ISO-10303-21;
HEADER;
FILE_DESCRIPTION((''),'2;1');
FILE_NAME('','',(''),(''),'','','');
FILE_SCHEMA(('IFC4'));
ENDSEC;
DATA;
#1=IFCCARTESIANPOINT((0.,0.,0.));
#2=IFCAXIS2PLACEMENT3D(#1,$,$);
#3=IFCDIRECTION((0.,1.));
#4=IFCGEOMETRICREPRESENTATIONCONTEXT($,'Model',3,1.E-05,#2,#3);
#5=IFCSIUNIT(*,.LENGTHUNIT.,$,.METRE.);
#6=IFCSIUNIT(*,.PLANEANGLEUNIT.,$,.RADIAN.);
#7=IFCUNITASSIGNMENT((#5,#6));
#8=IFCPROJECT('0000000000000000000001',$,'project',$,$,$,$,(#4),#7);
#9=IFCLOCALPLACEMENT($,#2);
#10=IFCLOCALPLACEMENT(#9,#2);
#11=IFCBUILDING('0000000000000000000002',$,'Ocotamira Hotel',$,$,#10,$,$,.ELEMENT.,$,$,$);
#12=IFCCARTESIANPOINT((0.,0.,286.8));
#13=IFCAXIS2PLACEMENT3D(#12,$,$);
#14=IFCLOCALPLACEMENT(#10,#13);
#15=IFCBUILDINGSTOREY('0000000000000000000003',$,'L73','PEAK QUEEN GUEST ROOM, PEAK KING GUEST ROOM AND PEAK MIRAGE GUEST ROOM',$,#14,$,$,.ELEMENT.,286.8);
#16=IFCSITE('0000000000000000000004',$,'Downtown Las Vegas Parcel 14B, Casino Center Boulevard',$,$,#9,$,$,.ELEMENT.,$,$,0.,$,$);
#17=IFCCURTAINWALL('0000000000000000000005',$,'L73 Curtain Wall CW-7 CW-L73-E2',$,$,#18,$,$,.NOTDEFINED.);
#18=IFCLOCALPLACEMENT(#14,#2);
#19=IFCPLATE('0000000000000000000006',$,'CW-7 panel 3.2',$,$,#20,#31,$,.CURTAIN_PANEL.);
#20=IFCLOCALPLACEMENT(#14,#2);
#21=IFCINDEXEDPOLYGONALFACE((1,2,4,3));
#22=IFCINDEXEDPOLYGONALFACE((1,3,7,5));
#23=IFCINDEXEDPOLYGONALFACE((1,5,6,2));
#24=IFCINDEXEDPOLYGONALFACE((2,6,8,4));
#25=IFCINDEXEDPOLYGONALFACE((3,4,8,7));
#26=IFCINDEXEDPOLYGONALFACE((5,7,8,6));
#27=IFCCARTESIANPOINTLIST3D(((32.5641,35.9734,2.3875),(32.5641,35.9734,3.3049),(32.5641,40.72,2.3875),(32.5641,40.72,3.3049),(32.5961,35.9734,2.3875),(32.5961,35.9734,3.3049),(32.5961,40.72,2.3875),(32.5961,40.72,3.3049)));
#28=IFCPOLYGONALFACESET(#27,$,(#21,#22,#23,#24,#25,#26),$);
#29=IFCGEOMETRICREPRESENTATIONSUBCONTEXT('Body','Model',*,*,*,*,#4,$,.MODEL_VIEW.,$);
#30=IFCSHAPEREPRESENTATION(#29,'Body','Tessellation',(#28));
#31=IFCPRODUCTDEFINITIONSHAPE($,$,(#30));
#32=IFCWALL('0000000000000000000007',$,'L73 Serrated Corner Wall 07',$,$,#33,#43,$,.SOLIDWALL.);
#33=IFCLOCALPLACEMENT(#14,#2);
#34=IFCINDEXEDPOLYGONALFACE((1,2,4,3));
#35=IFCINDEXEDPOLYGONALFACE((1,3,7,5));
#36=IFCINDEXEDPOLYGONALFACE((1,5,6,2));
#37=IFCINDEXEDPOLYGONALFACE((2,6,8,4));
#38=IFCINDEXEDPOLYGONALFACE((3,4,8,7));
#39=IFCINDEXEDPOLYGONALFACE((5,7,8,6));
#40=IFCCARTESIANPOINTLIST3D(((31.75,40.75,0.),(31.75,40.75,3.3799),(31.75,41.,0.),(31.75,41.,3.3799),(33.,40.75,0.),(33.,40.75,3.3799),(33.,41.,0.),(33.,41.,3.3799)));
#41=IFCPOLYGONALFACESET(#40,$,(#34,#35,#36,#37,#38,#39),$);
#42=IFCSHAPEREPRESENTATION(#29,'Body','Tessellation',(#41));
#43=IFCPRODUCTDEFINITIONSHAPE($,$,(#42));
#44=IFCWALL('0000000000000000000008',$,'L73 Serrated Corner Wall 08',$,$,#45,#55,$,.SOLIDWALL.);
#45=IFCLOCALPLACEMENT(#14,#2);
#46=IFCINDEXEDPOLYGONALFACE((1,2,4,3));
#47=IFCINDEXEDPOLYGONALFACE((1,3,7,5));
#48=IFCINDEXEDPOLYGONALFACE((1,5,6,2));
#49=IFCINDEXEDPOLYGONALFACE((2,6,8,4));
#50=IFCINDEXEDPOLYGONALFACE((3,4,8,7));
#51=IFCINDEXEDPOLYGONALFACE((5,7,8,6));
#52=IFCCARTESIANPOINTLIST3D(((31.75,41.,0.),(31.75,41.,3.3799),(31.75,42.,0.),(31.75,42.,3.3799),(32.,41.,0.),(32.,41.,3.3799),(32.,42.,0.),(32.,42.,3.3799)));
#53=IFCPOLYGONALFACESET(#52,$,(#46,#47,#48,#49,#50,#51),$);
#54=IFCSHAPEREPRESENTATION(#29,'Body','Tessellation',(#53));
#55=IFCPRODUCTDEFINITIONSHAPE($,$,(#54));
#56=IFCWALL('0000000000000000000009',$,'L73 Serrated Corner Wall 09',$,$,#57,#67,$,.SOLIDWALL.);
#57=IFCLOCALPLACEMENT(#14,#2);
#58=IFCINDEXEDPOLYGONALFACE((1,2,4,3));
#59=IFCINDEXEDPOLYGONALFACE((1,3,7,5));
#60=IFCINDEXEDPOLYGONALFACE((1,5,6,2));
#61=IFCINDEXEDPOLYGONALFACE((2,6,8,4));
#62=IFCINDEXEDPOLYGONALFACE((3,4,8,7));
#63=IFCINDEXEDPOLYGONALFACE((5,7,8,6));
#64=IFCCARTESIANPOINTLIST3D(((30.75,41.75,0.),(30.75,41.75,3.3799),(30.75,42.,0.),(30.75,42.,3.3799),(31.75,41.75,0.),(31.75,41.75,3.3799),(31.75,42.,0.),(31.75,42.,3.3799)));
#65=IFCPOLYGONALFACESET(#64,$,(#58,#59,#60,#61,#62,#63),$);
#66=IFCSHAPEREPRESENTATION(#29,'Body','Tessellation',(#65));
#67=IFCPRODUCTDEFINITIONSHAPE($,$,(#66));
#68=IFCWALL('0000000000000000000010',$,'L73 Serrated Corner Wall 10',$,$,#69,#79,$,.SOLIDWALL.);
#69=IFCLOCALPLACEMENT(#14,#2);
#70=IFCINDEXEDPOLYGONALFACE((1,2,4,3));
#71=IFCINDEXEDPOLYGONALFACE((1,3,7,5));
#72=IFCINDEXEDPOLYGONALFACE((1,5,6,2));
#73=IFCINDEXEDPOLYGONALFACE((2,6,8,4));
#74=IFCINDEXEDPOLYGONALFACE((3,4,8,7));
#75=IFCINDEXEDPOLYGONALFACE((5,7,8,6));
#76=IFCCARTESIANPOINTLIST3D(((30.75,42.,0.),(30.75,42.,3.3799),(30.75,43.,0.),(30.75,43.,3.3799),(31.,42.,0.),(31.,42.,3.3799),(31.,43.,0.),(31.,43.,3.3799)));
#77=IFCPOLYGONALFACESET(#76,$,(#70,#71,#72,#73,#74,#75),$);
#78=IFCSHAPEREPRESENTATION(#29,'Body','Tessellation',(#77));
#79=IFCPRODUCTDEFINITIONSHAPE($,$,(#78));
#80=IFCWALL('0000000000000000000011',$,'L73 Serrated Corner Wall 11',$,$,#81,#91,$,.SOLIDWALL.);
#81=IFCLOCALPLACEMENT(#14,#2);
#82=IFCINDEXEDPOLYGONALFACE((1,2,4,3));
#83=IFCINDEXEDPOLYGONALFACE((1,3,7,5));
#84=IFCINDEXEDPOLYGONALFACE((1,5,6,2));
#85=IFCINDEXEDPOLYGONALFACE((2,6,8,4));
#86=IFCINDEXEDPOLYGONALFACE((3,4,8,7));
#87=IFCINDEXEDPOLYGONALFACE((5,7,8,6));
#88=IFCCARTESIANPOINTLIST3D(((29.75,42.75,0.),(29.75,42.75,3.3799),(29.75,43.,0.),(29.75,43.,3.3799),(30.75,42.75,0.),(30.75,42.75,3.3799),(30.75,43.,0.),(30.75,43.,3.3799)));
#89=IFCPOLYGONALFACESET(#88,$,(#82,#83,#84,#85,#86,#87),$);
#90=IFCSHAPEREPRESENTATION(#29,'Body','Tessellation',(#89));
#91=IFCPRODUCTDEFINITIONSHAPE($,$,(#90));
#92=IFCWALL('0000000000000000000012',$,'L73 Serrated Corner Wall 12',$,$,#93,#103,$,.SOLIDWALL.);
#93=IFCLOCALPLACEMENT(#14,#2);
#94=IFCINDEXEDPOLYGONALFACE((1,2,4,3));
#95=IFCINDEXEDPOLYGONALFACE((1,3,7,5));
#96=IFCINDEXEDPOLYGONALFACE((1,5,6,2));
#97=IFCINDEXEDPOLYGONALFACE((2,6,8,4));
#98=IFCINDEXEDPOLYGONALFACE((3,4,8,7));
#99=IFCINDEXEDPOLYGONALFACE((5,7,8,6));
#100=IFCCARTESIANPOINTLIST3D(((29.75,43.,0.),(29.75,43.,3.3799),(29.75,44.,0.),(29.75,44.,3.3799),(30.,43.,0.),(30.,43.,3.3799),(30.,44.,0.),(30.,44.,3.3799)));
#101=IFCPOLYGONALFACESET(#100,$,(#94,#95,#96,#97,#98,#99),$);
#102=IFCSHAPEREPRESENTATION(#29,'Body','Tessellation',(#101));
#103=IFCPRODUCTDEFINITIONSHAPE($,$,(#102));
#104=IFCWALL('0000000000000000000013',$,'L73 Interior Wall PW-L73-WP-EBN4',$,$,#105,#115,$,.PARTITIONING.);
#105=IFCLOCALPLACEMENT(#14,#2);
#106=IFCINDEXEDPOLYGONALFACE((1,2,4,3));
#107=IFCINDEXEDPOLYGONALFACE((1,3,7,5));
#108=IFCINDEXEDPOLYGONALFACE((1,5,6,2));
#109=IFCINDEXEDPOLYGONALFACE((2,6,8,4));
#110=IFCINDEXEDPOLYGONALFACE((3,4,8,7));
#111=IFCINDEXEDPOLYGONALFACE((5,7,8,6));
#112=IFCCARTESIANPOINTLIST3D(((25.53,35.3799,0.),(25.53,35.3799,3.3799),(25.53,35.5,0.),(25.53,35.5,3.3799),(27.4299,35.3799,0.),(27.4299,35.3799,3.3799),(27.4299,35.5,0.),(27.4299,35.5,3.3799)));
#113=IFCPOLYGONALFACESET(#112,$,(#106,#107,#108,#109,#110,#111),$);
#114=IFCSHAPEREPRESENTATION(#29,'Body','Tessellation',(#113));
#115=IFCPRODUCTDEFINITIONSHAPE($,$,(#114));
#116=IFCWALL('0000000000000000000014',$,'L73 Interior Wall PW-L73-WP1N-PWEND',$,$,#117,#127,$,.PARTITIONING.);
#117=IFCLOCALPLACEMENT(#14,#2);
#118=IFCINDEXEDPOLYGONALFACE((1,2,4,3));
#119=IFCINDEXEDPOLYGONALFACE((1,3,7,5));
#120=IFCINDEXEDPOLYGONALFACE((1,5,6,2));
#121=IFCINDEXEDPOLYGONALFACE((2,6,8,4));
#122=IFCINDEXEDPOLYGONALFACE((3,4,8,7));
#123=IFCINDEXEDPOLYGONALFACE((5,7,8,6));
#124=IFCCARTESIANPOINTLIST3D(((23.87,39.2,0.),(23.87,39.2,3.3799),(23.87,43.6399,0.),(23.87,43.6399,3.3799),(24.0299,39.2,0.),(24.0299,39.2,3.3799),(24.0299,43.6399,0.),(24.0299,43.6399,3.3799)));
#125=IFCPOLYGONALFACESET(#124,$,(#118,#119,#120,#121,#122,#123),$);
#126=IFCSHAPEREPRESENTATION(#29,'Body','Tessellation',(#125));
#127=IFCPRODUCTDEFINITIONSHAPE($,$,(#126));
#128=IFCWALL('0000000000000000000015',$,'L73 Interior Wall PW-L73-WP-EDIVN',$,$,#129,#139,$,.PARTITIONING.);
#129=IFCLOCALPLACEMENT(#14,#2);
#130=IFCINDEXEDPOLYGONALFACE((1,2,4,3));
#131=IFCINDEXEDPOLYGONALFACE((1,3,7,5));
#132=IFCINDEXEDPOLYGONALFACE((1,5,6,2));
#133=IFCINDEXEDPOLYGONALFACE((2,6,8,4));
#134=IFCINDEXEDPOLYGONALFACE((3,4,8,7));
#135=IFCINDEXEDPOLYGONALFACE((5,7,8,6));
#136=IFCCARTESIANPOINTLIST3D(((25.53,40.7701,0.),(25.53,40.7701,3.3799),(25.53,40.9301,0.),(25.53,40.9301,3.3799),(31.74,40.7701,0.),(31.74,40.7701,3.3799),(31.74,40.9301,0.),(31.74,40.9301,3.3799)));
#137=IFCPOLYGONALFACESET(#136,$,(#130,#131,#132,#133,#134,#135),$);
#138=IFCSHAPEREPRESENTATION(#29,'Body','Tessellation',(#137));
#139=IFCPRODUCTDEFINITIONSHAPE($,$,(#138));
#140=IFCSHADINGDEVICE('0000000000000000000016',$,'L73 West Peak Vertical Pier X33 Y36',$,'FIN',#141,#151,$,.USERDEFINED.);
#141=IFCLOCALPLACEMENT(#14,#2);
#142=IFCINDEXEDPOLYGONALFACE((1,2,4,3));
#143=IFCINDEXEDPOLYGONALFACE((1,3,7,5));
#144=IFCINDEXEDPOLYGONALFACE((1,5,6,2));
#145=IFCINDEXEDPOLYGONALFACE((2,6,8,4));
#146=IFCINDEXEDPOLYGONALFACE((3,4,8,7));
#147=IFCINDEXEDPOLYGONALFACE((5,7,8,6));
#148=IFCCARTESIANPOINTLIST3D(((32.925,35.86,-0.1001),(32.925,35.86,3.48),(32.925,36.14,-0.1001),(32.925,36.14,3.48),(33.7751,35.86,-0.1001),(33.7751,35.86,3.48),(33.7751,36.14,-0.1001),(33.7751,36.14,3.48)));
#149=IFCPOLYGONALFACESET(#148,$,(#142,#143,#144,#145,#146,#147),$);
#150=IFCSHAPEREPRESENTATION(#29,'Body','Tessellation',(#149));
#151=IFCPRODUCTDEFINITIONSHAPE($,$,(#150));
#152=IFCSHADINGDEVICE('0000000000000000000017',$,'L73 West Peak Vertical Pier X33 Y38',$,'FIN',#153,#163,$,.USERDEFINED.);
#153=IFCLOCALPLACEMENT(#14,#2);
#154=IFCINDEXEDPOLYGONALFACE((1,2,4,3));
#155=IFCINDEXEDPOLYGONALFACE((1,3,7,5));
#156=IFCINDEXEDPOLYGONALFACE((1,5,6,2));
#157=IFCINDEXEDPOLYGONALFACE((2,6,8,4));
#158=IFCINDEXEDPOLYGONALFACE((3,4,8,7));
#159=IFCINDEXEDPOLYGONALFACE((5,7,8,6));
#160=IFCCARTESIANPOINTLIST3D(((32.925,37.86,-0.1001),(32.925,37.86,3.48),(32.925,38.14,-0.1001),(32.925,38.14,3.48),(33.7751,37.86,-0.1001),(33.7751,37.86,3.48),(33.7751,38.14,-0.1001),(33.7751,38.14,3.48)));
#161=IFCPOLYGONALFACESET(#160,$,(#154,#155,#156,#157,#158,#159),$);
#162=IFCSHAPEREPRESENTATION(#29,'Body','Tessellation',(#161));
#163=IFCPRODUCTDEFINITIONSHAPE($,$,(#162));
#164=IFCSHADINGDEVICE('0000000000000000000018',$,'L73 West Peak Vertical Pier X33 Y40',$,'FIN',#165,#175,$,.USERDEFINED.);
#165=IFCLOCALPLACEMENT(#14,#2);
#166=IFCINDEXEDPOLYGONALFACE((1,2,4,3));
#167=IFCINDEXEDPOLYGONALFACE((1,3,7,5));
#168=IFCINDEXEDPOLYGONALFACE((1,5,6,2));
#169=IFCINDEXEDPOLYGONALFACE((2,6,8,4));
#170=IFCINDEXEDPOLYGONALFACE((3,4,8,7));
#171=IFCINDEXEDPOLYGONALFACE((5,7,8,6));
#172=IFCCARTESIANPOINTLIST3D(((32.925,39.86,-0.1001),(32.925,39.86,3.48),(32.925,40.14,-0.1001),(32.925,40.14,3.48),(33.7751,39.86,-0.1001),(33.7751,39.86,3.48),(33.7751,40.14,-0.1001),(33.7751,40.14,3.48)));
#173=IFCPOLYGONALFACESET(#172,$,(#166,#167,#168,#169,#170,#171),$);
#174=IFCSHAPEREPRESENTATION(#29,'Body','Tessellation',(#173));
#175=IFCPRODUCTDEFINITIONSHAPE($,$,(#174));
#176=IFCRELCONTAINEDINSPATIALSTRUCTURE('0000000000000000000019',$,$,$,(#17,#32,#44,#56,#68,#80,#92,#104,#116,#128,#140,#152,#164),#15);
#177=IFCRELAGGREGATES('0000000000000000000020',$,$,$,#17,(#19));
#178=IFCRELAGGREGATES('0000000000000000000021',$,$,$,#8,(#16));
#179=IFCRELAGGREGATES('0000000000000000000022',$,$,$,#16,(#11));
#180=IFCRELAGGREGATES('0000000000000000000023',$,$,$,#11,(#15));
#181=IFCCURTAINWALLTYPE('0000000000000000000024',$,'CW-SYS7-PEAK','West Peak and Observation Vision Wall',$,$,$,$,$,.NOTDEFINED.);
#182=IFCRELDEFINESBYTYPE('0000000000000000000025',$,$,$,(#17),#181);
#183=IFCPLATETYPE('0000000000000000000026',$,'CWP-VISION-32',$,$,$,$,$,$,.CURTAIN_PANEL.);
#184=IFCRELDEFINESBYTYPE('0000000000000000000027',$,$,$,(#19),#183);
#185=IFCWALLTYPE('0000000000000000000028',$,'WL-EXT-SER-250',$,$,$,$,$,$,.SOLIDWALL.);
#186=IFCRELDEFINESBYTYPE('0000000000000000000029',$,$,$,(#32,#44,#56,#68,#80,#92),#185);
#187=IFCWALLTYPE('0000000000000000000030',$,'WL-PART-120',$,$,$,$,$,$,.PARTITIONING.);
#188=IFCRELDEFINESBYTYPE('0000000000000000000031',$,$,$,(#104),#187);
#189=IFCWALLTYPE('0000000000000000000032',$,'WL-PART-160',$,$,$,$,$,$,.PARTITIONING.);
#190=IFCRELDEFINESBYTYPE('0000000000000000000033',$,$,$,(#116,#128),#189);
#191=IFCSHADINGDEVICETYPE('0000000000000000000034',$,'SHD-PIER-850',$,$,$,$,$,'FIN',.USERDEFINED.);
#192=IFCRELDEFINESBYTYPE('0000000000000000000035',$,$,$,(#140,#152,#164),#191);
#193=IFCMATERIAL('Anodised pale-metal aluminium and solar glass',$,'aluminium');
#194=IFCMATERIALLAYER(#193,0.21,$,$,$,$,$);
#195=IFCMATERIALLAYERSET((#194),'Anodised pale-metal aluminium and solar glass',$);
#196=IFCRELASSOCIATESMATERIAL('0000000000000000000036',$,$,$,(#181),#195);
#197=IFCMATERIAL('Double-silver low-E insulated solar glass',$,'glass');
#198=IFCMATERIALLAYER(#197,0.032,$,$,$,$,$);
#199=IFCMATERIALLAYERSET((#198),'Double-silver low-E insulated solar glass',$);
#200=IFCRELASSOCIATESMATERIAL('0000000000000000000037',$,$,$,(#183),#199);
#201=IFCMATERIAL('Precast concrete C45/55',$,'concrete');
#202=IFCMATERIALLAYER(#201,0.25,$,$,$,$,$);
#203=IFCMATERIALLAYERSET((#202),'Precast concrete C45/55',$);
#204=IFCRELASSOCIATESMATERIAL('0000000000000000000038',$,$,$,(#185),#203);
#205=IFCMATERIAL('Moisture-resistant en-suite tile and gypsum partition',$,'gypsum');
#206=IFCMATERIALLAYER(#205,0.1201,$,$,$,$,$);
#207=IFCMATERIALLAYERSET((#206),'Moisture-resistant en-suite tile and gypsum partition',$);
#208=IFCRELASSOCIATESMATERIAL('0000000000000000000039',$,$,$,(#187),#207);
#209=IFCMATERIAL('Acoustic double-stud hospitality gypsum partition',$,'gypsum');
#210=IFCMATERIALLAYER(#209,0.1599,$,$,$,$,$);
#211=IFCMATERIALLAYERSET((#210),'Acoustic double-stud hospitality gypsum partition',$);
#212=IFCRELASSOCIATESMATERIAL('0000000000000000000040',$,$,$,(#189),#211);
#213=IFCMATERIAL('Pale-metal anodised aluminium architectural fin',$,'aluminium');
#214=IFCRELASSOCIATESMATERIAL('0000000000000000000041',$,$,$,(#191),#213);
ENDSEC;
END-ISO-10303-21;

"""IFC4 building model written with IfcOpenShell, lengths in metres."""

from ifc_helpers import new_model, si_unit, direction, frame, frame_2d, origin, origin_2d, place, context, subcontext, project, spatial, rectangle, extrude, source, transform, mapped, material, layer, layer_set, type_object, element, aggregate, save


model = new_model("IFC4")

# Units and contexts
model_context = context("Model", 3, precision=1e-05, world=origin(), true_north=direction((0.0, 1.0)))
body_context = subcontext(model_context, "Body", "Model", "MODEL_VIEW")
ifc_project = project(units=[si_unit("LENGTHUNIT", "METRE"), si_unit("PLANEANGLEUNIT", "RADIAN")], contexts=[model_context])

# Site, building, storey
site_placement = place(None, origin())
site = spatial("IfcSite", under=ifc_project, at=site_placement, Name="Downtown Las Vegas Parcel 14B, Casino Center Boulevard", CompositionType="ELEMENT", RefElevation=0.0)
building_placement = place(site_placement, origin())
building = spatial("IfcBuilding", under=site, at=building_placement, Name="Ocotamira Hotel", CompositionType="ELEMENT")
storey_placement = place(building_placement, frame((0.0, 0.0, 286.8)))
storey = spatial("IfcBuildingStorey", under=building, at=storey_placement, Name="L73", Description="PEAK QUEEN GUEST ROOM, PEAK KING GUEST ROOM AND PEAK MIRAGE GUEST ROOM", CompositionType="ELEMENT", Elevation=286.8)

# Curtain wall
ifc_material_1 = material(Name="Anodised pale-metal aluminium and solar glass", Category="aluminium")
ifc_layer_1 = layer(ifc_material_1, 0.21)
ifc_layer_set_1 = layer_set([ifc_layer_1], Name="Anodised pale-metal aluminium and solar glass")
curtain_wall_type = type_object("IfcCurtainWallType", Name="CW-SYS7-PEAK", Description="West Peak and Observation Vision Wall", PredefinedType="NOTDEFINED", material=ifc_layer_set_1)
curtain_wall_1_placement = place(storey_placement, origin())
curtain_wall_1 = element("IfcCurtainWall", 1, at=curtain_wall_1_placement, inside=storey, type_object=curtain_wall_type, Name="L73 Curtain Wall CW-7 CW-L73-E2", PredefinedType="NOTDEFINED")

# Plate
ifc_material_2 = material(Name="Double-silver low-E insulated solar glass", Category="glass")
ifc_layer_2 = layer(ifc_material_2, 0.032)
ifc_layer_set_2 = layer_set([ifc_layer_2], Name="Double-silver low-E insulated solar glass")
plate_type = type_object("IfcPlateType", Name="CWP-VISION-32", PredefinedType="CURTAIN_PANEL", material=ifc_layer_set_2)
shared_shape_1 = source(origin(), body_context, "Body", "SweptSolid", [
    extrude(rectangle(XDim=4.7466, YDim=0.032, at=origin_2d()), origin(), (0.0, 0.0, 1.0), 0.9175),
])
plate_1_placement = place(storey_placement, frame((32.5801, 38.3467, 2.3875), z_axis=(0.0, 0.0, 1.0), x_axis=(0.0, 1.0, 0.0)))
plate_1 = element("IfcPlate", 2, at=plate_1_placement, type_object=plate_type, Name="CW-7 panel 3.2", PredefinedType="CURTAIN_PANEL", context=body_context, shape_type="MappedRepresentation", body=[
    mapped(shared_shape_1, transform((0.0, 0.0, 0.0), scale=1.0)),
])
aggregate(curtain_wall_1, [plate_1])

# Walls
ifc_material_3 = material(Name="Precast concrete C45/55", Category="concrete")
ifc_layer_3 = layer(ifc_material_3, 0.25)
ifc_layer_set_3 = layer_set([ifc_layer_3], Name="Precast concrete C45/55")
wall_type_1 = type_object("IfcWallType", Name="WL-EXT-SER-250", PredefinedType="SOLIDWALL", material=ifc_layer_set_3)
wall_1_placement = place(storey_placement, frame((33.0, 40.875, 0.0), z_axis=(0.0, 0.0, 1.0), x_axis=(-1.0, 0.0, 0.0)))
element("IfcWall", 3, at=wall_1_placement, inside=storey, type_object=wall_type_1, Name="L73 Serrated Corner Wall 07", PredefinedType="SOLIDWALL", context=body_context, shape_type="SweptSolid", body=[
    extrude(rectangle(XDim=1.25, YDim=0.25, at=frame_2d((0.625, 0.0))), origin(), (0.0, 0.0, 1.0), 3.3799),
])
for number, where, z_axis, x_axis, name in (
    (4, (31.875, 41.0, 0.0), (0.0, 0.0, 1.0), (0.0, 1.0, 0.0), "L73 Serrated Corner Wall 08"),
    (5, (31.75, 41.875, 0.0), (0.0, 0.0, 1.0), (-1.0, 0.0, 0.0), "L73 Serrated Corner Wall 09"),
    (6, (30.875, 42.0, 0.0), (0.0, 0.0, 1.0), (0.0, 1.0, 0.0), "L73 Serrated Corner Wall 10"),
    (7, (30.75, 42.875, 0.0), (0.0, 0.0, 1.0), (-1.0, 0.0, 0.0), "L73 Serrated Corner Wall 11"),
    (8, (29.875, 43.0, 0.0), (0.0, 0.0, 1.0), (0.0, 1.0, 0.0), "L73 Serrated Corner Wall 12"),
):
    element("IfcWall", number, at=place(storey_placement, frame(where, z_axis=z_axis, x_axis=x_axis)), inside=storey, type_object=wall_type_1, Name=name, PredefinedType="SOLIDWALL", context=body_context, shape_type="SweptSolid", body=[
        extrude(rectangle(XDim=1.0, YDim=0.25, at=frame_2d((0.5, 0.0))), origin(), (0.0, 0.0, 1.0), 3.3799),
    ])
ifc_material_4 = material(Name="Moisture-resistant en-suite tile and gypsum partition", Category="gypsum")
ifc_layer_4 = layer(ifc_material_4, 0.1201)
ifc_layer_set_4 = layer_set([ifc_layer_4], Name="Moisture-resistant en-suite tile and gypsum partition")
wall_type_2 = type_object("IfcWallType", Name="WL-PART-120", PredefinedType="PARTITIONING", material=ifc_layer_set_4)
wall_2_placement = place(storey_placement, frame((25.53, 35.4399, 0.0), z_axis=(0.0, 0.0, 1.0), x_axis=(1.0, 0.0, 0.0)))
element("IfcWall", 9, at=wall_2_placement, inside=storey, type_object=wall_type_2, Name="L73 Interior Wall PW-L73-WP-EBN4", PredefinedType="PARTITIONING", context=body_context, shape_type="SweptSolid", body=[
    extrude(rectangle(XDim=1.8999, YDim=0.1201, at=frame_2d((0.95, 0.0))), origin(), (0.0, 0.0, 1.0), 3.3799),
])
ifc_material_5 = material(Name="Acoustic double-stud hospitality gypsum partition", Category="gypsum")
ifc_layer_5 = layer(ifc_material_5, 0.1599)
ifc_layer_set_5 = layer_set([ifc_layer_5], Name="Acoustic double-stud hospitality gypsum partition")
wall_type_3 = type_object("IfcWallType", Name="WL-PART-160", PredefinedType="PARTITIONING", material=ifc_layer_set_5)
wall_3_placement = place(storey_placement, frame((23.95, 39.2, 0.0), z_axis=(0.0, 0.0, 1.0), x_axis=(0.0, 1.0, 0.0)))
element("IfcWall", 10, at=wall_3_placement, inside=storey, type_object=wall_type_3, Name="L73 Interior Wall PW-L73-WP1N-PWEND", PredefinedType="PARTITIONING", context=body_context, shape_type="SweptSolid", body=[
    extrude(rectangle(XDim=4.4399, YDim=0.1599, at=frame_2d((2.22, 0.0))), origin(), (0.0, 0.0, 1.0), 3.3799),
])
wall_4_placement = place(storey_placement, frame((25.53, 40.8501, 0.0), z_axis=(0.0, 0.0, 1.0), x_axis=(1.0, 0.0, 0.0)))
element("IfcWall", 11, at=wall_4_placement, inside=storey, type_object=wall_type_3, Name="L73 Interior Wall PW-L73-WP-EDIVN", PredefinedType="PARTITIONING", context=body_context, shape_type="SweptSolid", body=[
    extrude(rectangle(XDim=6.21, YDim=0.1599, at=frame_2d((3.105, 0.0))), origin(), (0.0, 0.0, 1.0), 3.3799),
])

# Shading devices
ifc_material_6 = material(Name="Pale-metal anodised aluminium architectural fin", Category="aluminium")
shading_device_type = type_object("IfcShadingDeviceType", Name="SHD-PIER-850", ElementType="FIN", PredefinedType="USERDEFINED", material=ifc_material_6)
shared_shape_2 = source(origin(), body_context, "Body", "SweptSolid", [
    extrude(rectangle(XDim=0.8501, YDim=0.28, at=origin_2d()), origin(), (0.0, 0.0, 1.0), 3.5801),
])
for number, where, z_axis, x_axis, name in (
    (12, (33.3501, 36.0, -0.1001), (0.0, 0.0, 1.0), (1.0, 0.0, 0.0), "L73 West Peak Vertical Pier X33 Y36"),
    (13, (33.3501, 38.0, -0.1001), (0.0, 0.0, 1.0), (1.0, 0.0, 0.0), "L73 West Peak Vertical Pier X33 Y38"),
    (14, (33.3501, 40.0, -0.1001), (0.0, 0.0, 1.0), (1.0, 0.0, 0.0), "L73 West Peak Vertical Pier X33 Y40"),
):
    element("IfcShadingDevice", number, at=place(storey_placement, frame(where, z_axis=z_axis, x_axis=x_axis)), inside=storey, type_object=shading_device_type, Name=name, ObjectType="FIN", PredefinedType="USERDEFINED", context=body_context, shape_type="MappedRepresentation", body=[
        mapped(shared_shape_2, transform((0.0, 0.0, 0.0), scale=1.0)),
    ])

save(model, "model.ifc")
